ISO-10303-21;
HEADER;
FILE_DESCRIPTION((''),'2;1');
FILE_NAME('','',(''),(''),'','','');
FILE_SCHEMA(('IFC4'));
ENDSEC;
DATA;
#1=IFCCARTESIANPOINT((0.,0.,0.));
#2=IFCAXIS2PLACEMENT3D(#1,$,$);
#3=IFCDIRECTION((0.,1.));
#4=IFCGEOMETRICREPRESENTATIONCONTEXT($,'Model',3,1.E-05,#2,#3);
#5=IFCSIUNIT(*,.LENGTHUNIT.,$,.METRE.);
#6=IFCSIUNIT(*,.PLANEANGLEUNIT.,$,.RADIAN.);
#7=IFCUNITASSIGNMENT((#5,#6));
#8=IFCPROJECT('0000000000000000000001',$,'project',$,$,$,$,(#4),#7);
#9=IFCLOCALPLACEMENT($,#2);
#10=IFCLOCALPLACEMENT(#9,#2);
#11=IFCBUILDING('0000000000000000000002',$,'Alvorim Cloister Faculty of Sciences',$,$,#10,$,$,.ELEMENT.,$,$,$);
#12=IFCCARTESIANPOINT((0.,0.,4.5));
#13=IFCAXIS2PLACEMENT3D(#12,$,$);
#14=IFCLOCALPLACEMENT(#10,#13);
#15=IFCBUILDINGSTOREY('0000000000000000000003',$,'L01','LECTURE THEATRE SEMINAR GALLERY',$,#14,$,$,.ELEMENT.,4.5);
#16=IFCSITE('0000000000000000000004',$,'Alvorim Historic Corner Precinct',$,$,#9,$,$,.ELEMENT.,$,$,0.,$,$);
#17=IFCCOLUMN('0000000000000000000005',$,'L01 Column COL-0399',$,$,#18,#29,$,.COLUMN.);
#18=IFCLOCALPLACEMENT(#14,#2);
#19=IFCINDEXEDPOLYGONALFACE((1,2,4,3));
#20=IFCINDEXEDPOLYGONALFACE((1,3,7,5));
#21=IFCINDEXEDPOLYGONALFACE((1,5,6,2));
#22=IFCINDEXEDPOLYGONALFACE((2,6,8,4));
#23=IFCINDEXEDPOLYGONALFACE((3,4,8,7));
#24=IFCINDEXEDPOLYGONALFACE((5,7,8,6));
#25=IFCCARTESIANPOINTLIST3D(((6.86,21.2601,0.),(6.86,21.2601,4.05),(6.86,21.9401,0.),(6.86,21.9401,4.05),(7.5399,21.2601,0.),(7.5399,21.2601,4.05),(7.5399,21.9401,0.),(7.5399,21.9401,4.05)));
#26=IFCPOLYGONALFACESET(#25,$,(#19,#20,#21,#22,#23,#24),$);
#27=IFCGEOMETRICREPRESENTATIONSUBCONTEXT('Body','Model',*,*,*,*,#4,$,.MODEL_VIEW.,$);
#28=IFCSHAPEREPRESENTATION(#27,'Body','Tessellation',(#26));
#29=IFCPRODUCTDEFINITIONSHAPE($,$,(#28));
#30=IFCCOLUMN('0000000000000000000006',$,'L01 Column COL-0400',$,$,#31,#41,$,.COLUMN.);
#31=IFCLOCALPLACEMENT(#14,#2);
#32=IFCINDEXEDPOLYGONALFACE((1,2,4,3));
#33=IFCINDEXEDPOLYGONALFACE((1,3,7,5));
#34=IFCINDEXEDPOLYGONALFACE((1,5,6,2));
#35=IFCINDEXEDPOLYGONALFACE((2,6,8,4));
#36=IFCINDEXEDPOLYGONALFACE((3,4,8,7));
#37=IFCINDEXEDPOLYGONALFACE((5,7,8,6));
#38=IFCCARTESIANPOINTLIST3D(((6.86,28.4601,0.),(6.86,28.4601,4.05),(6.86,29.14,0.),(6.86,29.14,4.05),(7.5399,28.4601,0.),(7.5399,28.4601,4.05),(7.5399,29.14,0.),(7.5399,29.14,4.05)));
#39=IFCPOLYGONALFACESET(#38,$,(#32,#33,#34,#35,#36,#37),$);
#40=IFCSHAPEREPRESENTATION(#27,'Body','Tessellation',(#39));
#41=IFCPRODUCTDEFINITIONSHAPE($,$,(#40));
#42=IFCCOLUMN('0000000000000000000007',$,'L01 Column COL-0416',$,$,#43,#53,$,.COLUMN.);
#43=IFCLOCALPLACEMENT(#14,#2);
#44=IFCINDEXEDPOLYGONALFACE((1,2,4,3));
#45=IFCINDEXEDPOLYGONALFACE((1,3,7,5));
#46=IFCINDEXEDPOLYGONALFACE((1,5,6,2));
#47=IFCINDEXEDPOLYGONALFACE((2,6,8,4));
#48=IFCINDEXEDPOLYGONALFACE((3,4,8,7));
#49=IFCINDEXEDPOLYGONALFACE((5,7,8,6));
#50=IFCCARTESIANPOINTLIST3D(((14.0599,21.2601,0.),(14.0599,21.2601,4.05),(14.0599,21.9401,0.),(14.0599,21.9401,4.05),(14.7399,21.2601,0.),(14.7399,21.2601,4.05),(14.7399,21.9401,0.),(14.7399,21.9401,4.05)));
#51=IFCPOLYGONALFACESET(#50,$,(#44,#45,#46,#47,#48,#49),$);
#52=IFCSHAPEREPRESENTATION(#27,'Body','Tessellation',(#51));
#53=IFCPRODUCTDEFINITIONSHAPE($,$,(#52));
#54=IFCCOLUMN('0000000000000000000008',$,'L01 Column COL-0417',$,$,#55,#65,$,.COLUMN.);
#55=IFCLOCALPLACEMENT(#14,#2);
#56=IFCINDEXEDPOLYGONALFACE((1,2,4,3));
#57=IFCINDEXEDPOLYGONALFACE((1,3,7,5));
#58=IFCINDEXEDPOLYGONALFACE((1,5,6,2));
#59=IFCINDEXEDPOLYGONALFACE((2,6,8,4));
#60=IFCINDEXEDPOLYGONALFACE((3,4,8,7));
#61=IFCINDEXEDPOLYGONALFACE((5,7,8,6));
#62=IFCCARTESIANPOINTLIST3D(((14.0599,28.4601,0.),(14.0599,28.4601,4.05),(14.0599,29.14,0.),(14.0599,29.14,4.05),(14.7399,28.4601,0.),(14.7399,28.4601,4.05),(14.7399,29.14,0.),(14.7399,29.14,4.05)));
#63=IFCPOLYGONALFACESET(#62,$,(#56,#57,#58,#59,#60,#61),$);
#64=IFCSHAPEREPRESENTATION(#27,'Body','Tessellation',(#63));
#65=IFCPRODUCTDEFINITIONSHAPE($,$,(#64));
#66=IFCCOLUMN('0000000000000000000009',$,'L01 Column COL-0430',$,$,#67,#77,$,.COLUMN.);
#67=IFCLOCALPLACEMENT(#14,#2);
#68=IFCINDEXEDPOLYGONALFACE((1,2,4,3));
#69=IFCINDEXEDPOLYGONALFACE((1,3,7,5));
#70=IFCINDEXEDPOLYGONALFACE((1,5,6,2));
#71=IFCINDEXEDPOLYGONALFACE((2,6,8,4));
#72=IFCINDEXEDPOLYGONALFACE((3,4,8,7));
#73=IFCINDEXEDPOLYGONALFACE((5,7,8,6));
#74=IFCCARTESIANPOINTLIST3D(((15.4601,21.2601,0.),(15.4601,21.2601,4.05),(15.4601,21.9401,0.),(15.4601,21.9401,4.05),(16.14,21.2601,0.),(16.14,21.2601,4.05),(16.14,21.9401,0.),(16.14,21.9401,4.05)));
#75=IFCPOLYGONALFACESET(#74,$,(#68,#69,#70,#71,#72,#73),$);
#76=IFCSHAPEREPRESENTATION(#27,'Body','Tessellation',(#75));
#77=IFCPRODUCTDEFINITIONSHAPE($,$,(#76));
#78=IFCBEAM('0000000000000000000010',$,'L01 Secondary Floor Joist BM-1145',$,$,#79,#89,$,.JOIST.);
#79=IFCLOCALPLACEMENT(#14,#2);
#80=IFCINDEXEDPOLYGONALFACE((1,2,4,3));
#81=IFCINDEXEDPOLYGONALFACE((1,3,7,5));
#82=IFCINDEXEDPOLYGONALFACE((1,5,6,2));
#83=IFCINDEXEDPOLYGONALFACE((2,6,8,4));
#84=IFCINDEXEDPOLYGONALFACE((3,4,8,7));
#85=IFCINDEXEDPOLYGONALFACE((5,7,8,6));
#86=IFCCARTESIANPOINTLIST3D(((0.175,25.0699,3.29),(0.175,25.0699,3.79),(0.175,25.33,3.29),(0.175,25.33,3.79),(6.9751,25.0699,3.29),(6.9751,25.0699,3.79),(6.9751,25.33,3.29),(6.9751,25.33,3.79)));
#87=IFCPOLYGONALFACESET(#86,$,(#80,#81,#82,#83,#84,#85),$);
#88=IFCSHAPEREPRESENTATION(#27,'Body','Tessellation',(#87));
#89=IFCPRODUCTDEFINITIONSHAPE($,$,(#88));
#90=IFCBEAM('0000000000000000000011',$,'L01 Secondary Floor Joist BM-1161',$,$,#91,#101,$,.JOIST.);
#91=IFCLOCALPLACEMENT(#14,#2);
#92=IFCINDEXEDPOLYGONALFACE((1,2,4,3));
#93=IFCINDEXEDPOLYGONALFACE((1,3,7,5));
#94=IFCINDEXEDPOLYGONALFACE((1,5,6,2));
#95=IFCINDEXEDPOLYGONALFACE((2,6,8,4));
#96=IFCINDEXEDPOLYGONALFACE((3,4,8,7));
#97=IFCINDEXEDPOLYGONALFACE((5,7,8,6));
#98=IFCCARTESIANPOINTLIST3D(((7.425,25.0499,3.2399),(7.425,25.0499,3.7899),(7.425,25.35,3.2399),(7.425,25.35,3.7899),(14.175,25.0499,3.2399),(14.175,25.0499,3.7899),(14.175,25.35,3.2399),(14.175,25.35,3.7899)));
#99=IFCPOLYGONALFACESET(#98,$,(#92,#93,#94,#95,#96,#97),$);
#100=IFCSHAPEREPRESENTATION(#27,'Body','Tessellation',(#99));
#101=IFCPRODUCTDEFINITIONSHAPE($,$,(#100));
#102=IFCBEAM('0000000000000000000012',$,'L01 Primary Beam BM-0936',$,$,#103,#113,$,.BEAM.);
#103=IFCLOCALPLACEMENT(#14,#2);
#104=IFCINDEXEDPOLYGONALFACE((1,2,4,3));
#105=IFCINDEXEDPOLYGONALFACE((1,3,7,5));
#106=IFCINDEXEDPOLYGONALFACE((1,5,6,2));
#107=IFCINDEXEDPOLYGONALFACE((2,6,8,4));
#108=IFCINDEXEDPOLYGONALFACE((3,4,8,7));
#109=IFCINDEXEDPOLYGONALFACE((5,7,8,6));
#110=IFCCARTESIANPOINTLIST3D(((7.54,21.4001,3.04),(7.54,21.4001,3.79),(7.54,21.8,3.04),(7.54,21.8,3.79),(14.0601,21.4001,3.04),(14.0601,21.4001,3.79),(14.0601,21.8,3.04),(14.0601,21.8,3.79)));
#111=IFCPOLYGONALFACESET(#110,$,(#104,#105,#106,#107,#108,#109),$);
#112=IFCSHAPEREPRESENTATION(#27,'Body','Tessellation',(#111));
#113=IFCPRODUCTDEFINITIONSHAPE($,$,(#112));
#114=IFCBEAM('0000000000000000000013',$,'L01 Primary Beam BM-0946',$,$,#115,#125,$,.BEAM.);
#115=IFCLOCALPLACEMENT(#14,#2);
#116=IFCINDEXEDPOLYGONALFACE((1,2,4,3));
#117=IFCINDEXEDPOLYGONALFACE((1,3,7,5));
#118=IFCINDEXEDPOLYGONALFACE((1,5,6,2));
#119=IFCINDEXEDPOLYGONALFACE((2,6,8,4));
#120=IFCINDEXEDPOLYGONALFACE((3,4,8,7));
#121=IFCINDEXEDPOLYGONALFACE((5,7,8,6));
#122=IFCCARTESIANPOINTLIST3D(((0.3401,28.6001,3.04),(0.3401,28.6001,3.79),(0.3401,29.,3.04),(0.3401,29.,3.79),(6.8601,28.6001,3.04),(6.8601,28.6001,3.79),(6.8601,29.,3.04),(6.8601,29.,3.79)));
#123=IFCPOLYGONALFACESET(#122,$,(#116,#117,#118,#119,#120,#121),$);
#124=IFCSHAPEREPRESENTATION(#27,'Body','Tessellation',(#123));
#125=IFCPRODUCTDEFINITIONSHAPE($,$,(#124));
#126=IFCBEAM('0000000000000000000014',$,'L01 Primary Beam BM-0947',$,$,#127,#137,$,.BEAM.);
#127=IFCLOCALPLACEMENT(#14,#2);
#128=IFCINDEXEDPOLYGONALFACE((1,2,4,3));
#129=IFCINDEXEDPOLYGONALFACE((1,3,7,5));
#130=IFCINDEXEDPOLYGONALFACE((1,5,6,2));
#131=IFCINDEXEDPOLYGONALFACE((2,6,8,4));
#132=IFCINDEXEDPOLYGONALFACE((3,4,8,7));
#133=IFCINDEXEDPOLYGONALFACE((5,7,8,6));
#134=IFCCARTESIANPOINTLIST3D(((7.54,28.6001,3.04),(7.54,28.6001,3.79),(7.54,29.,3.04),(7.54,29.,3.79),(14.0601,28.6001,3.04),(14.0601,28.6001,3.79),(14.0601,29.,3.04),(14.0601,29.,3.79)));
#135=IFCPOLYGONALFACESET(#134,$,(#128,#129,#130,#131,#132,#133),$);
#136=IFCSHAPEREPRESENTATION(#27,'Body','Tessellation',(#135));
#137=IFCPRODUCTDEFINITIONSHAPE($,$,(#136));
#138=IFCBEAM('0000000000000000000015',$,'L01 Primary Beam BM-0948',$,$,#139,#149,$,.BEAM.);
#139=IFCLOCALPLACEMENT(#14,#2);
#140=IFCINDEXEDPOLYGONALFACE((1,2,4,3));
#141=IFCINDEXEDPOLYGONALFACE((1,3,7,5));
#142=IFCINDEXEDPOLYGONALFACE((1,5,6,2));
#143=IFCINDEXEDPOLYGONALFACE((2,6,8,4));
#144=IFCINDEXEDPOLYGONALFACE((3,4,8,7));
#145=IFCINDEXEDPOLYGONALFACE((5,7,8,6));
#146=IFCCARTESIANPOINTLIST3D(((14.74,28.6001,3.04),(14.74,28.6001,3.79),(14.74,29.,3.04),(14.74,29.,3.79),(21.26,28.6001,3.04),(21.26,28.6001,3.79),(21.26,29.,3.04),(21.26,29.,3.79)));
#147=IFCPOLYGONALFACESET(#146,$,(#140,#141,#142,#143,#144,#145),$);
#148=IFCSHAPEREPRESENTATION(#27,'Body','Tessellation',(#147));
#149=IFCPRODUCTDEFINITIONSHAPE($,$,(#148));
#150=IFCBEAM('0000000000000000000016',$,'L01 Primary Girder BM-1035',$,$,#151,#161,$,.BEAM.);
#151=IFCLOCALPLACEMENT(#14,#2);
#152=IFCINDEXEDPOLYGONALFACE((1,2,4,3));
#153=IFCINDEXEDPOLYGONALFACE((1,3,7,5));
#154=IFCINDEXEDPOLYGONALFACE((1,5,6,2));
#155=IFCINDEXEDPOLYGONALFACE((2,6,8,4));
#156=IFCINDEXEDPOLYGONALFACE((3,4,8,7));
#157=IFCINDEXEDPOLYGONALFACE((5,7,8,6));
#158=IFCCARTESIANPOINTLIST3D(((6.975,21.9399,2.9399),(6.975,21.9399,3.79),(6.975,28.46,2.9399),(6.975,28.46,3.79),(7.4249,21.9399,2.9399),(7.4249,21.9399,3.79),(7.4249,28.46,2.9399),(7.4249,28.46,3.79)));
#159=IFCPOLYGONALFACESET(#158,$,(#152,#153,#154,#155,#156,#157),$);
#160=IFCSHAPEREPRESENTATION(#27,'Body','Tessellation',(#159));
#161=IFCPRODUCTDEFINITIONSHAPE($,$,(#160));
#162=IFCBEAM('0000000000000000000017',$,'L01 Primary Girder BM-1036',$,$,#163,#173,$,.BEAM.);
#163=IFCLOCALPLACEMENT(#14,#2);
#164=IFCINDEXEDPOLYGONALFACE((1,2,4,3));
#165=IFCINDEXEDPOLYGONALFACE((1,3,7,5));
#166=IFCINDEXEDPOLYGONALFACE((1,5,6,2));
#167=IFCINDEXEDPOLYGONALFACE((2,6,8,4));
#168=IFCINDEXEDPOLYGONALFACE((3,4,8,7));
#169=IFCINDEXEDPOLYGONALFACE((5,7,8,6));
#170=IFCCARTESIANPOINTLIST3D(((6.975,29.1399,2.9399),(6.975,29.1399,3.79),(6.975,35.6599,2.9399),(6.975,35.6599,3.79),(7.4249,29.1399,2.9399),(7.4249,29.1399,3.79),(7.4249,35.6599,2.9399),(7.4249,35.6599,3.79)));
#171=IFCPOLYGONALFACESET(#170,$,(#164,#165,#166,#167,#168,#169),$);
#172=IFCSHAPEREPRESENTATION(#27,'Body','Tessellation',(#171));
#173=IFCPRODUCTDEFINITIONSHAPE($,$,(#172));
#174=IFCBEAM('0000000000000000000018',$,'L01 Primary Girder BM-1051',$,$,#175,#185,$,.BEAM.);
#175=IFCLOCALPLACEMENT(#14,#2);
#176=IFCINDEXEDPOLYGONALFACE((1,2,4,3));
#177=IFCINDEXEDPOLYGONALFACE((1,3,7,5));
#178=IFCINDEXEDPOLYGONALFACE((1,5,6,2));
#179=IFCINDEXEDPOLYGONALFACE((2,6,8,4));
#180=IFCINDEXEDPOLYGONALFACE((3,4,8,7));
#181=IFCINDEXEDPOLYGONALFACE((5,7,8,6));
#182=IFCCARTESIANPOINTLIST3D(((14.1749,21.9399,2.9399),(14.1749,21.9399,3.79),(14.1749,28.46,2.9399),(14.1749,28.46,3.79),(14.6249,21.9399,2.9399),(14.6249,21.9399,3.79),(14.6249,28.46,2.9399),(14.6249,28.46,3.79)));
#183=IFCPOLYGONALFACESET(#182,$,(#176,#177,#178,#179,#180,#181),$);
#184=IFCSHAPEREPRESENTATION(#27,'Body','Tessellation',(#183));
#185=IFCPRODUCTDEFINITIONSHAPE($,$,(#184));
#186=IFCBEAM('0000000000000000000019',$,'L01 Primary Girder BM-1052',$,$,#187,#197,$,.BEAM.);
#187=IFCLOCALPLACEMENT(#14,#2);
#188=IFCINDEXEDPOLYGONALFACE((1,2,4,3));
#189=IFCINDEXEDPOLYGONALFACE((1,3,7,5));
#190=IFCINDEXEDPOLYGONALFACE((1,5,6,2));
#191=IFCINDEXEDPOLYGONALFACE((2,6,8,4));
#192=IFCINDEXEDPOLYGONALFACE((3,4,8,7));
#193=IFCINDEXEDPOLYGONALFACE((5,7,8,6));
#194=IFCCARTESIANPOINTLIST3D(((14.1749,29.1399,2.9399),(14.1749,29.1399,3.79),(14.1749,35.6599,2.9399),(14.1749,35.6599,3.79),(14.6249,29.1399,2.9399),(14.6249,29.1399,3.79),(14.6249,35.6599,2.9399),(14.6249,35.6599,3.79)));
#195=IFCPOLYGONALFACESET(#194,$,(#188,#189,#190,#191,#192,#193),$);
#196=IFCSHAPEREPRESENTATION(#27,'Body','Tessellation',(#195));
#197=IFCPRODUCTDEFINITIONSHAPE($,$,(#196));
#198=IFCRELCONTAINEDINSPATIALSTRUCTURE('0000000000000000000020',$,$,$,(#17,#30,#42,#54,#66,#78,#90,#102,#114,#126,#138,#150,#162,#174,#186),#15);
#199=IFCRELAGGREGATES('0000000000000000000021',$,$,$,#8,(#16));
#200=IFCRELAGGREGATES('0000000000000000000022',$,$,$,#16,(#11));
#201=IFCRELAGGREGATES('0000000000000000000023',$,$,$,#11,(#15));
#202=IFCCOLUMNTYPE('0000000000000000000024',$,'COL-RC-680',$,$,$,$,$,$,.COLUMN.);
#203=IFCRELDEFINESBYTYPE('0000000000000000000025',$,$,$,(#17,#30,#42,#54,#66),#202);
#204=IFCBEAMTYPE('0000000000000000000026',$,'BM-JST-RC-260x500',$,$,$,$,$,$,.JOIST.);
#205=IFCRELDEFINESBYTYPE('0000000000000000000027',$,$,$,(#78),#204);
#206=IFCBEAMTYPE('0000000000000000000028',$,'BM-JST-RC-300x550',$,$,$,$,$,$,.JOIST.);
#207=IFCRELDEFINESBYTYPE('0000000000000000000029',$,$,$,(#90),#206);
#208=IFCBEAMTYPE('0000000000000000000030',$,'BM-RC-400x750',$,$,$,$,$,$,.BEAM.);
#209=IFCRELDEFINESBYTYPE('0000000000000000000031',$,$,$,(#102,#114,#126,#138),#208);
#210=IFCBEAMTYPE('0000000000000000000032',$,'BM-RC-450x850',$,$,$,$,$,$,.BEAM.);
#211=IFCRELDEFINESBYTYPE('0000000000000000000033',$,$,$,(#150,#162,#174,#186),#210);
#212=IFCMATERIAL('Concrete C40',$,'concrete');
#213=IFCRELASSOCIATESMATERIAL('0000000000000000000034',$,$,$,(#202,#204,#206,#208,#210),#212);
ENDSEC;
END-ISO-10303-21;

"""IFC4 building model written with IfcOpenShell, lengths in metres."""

from ifc_helpers import new_model, si_unit, direction, frame, origin, origin_2d, place, context, subcontext, project, spatial, rectangle, extrude, material, material_profile, profile_set, type_object, element, save


model = new_model("IFC4")

# Units and contexts
model_context = context("Model", 3, precision=1e-05, world=origin(), true_north=direction((0.0, 1.0)))
body_context = subcontext(model_context, "Body", "Model", "MODEL_VIEW")
ifc_project = project(units=[si_unit("LENGTHUNIT", "METRE"), si_unit("PLANEANGLEUNIT", "RADIAN")], contexts=[model_context])

# Site, building, storey
site_placement = place(None, origin())
site = spatial("IfcSite", under=ifc_project, at=site_placement, Name="Alvorim Historic Corner Precinct", CompositionType="ELEMENT", RefElevation=0.0)
building_placement = place(site_placement, origin())
building = spatial("IfcBuilding", under=site, at=building_placement, Name="Alvorim Cloister Faculty of Sciences", CompositionType="ELEMENT")
storey_placement = place(building_placement, frame((0.0, 0.0, 4.5)))
storey = spatial("IfcBuildingStorey", under=building, at=storey_placement, Name="L01", Description="LECTURE THEATRE SEMINAR GALLERY", CompositionType="ELEMENT", Elevation=4.5)

# Columns
ifc_material_1 = material(Name="Concrete C40", Category="concrete")
ifc_material_profile_1 = material_profile(ifc_material_1, rectangle(XDim=0.6799, YDim=0.6799, at=origin_2d()), Name="RC40-COL-680x680")
ifc_profile_set_1 = profile_set([ifc_material_profile_1], Name="Concrete C40")
column_type = type_object("IfcColumnType", Name="COL-RC-680", PredefinedType="COLUMN", material=ifc_profile_set_1)
for number, where, z_axis, x_axis, name in (
    (1, (7.2, 21.6001, 0.0), (0.0, 0.0, 1.0), (1.0, 0.0, 0.0), "L01 Column COL-0399"),
    (2, (7.2, 28.8, 0.0), (0.0, 0.0, 1.0), (1.0, 0.0, 0.0), "L01 Column COL-0400"),
    (3, (14.3999, 21.6001, 0.0), (0.0, 0.0, 1.0), (1.0, 0.0, 0.0), "L01 Column COL-0416"),
    (4, (14.3999, 28.8, 0.0), (0.0, 0.0, 1.0), (1.0, 0.0, 0.0), "L01 Column COL-0417"),
    (5, (15.8, 21.6001, 0.0), (0.0, 0.0, 1.0), (1.0, 0.0, 0.0), "L01 Column COL-0430"),
):
    element("IfcColumn", number, at=place(storey_placement, frame(where, z_axis=z_axis, x_axis=x_axis)), inside=storey, type_object=column_type, Name=name, PredefinedType="COLUMN", context=body_context, shape_type="SweptSolid", body=[
        extrude(rectangle(XDim=0.6799, YDim=0.6799, at=origin_2d()), origin(), (0.0, 0.0, 1.0), 4.05),
    ])

# Beams
ifc_material_profile_2 = material_profile(ifc_material_1, rectangle(XDim=0.26, YDim=0.5, at=origin_2d()), Name="RC40-JST-260x500")
ifc_profile_set_2 = profile_set([ifc_material_profile_2], Name="Concrete C40")
beam_type_1 = type_object("IfcBeamType", Name="BM-JST-RC-260x500", PredefinedType="JOIST", material=ifc_profile_set_2)
beam_1_placement = place(storey_placement, frame((0.175, 25.2, 3.54), z_axis=(1.0, 0.0, 0.0), x_axis=(0.0, 1.0, 0.0)))
element("IfcBeam", 6, at=beam_1_placement, inside=storey, type_object=beam_type_1, Name="L01 Secondary Floor Joist BM-1145", PredefinedType="JOIST", context=body_context, shape_type="SweptSolid", body=[
    extrude(rectangle(XDim=0.26, YDim=0.5, at=origin_2d()), origin(), (0.0, 0.0, 1.0), 6.8),
])
ifc_material_profile_3 = material_profile(ifc_material_1, rectangle(XDim=0.3, YDim=0.55, at=origin_2d()), Name="RC40-JST-300x550")
ifc_profile_set_3 = profile_set([ifc_material_profile_3], Name="Concrete C40")
beam_type_2 = type_object("IfcBeamType", Name="BM-JST-RC-300x550", PredefinedType="JOIST", material=ifc_profile_set_3)
beam_2_placement = place(storey_placement, frame((7.425, 25.2, 3.5149), z_axis=(1.0, 0.0, 0.0), x_axis=(0.0, 1.0, 0.0)))
element("IfcBeam", 7, at=beam_2_placement, inside=storey, type_object=beam_type_2, Name="L01 Secondary Floor Joist BM-1161", PredefinedType="JOIST", context=body_context, shape_type="SweptSolid", body=[
    extrude(rectangle(XDim=0.3, YDim=0.55, at=origin_2d()), origin(), (0.0, 0.0, 1.0), 6.75),
])
ifc_material_profile_4 = material_profile(ifc_material_1, rectangle(XDim=0.3999, YDim=0.75, at=origin_2d()), Name="RC40-BM-400x750")
ifc_profile_set_4 = profile_set([ifc_material_profile_4], Name="Concrete C40")
beam_type_3 = type_object("IfcBeamType", Name="BM-RC-400x750", PredefinedType="BEAM", material=ifc_profile_set_4)
for number, where, z_axis, x_axis, name in (
    (8, (7.54, 21.6001, 3.415), (1.0, 0.0, 0.0), (0.0, 1.0, 0.0), "L01 Primary Beam BM-0936"),
    (9, (0.3401, 28.8, 3.415), (1.0, 0.0, 0.0), (0.0, 1.0, 0.0), "L01 Primary Beam BM-0946"),
    (10, (7.54, 28.8, 3.415), (1.0, 0.0, 0.0), (0.0, 1.0, 0.0), "L01 Primary Beam BM-0947"),
    (11, (14.74, 28.8, 3.415), (1.0, 0.0, 0.0), (0.0, 1.0, 0.0), "L01 Primary Beam BM-0948"),
):
    element("IfcBeam", number, at=place(storey_placement, frame(where, z_axis=z_axis, x_axis=x_axis)), inside=storey, type_object=beam_type_3, Name=name, PredefinedType="BEAM", context=body_context, shape_type="SweptSolid", body=[
        extrude(rectangle(XDim=0.3999, YDim=0.75, at=origin_2d()), origin(), (0.0, 0.0, 1.0), 6.52),
    ])
ifc_material_profile_5 = material_profile(ifc_material_1, rectangle(XDim=0.45, YDim=0.8501, at=origin_2d()), Name="RC40-BM-450x850")
ifc_profile_set_5 = profile_set([ifc_material_profile_5], Name="Concrete C40")
beam_type_4 = type_object("IfcBeamType", Name="BM-RC-450x850", PredefinedType="BEAM", material=ifc_profile_set_5)
for number, where, z_axis, x_axis, name in (
    (12, (7.2, 21.9399, 3.365), (0.0, 1.0, 0.0), (-1.0, 0.0, 0.0), "L01 Primary Girder BM-1035"),
    (13, (7.2, 29.1399, 3.365), (0.0, 1.0, 0.0), (-1.0, 0.0, 0.0), "L01 Primary Girder BM-1036"),
    (14, (14.3999, 21.9399, 3.365), (0.0, 1.0, 0.0), (-1.0, 0.0, 0.0), "L01 Primary Girder BM-1051"),
    (15, (14.3999, 29.1399, 3.365), (0.0, 1.0, 0.0), (-1.0, 0.0, 0.0), "L01 Primary Girder BM-1052"),
):
    element("IfcBeam", number, at=place(storey_placement, frame(where, z_axis=z_axis, x_axis=x_axis)), inside=storey, type_object=beam_type_4, Name=name, PredefinedType="BEAM", context=body_context, shape_type="SweptSolid", body=[
        extrude(rectangle(XDim=0.45, YDim=0.8501, at=origin_2d()), origin(), (0.0, 0.0, 1.0), 6.52),
    ])

save(model, "model.ifc")
